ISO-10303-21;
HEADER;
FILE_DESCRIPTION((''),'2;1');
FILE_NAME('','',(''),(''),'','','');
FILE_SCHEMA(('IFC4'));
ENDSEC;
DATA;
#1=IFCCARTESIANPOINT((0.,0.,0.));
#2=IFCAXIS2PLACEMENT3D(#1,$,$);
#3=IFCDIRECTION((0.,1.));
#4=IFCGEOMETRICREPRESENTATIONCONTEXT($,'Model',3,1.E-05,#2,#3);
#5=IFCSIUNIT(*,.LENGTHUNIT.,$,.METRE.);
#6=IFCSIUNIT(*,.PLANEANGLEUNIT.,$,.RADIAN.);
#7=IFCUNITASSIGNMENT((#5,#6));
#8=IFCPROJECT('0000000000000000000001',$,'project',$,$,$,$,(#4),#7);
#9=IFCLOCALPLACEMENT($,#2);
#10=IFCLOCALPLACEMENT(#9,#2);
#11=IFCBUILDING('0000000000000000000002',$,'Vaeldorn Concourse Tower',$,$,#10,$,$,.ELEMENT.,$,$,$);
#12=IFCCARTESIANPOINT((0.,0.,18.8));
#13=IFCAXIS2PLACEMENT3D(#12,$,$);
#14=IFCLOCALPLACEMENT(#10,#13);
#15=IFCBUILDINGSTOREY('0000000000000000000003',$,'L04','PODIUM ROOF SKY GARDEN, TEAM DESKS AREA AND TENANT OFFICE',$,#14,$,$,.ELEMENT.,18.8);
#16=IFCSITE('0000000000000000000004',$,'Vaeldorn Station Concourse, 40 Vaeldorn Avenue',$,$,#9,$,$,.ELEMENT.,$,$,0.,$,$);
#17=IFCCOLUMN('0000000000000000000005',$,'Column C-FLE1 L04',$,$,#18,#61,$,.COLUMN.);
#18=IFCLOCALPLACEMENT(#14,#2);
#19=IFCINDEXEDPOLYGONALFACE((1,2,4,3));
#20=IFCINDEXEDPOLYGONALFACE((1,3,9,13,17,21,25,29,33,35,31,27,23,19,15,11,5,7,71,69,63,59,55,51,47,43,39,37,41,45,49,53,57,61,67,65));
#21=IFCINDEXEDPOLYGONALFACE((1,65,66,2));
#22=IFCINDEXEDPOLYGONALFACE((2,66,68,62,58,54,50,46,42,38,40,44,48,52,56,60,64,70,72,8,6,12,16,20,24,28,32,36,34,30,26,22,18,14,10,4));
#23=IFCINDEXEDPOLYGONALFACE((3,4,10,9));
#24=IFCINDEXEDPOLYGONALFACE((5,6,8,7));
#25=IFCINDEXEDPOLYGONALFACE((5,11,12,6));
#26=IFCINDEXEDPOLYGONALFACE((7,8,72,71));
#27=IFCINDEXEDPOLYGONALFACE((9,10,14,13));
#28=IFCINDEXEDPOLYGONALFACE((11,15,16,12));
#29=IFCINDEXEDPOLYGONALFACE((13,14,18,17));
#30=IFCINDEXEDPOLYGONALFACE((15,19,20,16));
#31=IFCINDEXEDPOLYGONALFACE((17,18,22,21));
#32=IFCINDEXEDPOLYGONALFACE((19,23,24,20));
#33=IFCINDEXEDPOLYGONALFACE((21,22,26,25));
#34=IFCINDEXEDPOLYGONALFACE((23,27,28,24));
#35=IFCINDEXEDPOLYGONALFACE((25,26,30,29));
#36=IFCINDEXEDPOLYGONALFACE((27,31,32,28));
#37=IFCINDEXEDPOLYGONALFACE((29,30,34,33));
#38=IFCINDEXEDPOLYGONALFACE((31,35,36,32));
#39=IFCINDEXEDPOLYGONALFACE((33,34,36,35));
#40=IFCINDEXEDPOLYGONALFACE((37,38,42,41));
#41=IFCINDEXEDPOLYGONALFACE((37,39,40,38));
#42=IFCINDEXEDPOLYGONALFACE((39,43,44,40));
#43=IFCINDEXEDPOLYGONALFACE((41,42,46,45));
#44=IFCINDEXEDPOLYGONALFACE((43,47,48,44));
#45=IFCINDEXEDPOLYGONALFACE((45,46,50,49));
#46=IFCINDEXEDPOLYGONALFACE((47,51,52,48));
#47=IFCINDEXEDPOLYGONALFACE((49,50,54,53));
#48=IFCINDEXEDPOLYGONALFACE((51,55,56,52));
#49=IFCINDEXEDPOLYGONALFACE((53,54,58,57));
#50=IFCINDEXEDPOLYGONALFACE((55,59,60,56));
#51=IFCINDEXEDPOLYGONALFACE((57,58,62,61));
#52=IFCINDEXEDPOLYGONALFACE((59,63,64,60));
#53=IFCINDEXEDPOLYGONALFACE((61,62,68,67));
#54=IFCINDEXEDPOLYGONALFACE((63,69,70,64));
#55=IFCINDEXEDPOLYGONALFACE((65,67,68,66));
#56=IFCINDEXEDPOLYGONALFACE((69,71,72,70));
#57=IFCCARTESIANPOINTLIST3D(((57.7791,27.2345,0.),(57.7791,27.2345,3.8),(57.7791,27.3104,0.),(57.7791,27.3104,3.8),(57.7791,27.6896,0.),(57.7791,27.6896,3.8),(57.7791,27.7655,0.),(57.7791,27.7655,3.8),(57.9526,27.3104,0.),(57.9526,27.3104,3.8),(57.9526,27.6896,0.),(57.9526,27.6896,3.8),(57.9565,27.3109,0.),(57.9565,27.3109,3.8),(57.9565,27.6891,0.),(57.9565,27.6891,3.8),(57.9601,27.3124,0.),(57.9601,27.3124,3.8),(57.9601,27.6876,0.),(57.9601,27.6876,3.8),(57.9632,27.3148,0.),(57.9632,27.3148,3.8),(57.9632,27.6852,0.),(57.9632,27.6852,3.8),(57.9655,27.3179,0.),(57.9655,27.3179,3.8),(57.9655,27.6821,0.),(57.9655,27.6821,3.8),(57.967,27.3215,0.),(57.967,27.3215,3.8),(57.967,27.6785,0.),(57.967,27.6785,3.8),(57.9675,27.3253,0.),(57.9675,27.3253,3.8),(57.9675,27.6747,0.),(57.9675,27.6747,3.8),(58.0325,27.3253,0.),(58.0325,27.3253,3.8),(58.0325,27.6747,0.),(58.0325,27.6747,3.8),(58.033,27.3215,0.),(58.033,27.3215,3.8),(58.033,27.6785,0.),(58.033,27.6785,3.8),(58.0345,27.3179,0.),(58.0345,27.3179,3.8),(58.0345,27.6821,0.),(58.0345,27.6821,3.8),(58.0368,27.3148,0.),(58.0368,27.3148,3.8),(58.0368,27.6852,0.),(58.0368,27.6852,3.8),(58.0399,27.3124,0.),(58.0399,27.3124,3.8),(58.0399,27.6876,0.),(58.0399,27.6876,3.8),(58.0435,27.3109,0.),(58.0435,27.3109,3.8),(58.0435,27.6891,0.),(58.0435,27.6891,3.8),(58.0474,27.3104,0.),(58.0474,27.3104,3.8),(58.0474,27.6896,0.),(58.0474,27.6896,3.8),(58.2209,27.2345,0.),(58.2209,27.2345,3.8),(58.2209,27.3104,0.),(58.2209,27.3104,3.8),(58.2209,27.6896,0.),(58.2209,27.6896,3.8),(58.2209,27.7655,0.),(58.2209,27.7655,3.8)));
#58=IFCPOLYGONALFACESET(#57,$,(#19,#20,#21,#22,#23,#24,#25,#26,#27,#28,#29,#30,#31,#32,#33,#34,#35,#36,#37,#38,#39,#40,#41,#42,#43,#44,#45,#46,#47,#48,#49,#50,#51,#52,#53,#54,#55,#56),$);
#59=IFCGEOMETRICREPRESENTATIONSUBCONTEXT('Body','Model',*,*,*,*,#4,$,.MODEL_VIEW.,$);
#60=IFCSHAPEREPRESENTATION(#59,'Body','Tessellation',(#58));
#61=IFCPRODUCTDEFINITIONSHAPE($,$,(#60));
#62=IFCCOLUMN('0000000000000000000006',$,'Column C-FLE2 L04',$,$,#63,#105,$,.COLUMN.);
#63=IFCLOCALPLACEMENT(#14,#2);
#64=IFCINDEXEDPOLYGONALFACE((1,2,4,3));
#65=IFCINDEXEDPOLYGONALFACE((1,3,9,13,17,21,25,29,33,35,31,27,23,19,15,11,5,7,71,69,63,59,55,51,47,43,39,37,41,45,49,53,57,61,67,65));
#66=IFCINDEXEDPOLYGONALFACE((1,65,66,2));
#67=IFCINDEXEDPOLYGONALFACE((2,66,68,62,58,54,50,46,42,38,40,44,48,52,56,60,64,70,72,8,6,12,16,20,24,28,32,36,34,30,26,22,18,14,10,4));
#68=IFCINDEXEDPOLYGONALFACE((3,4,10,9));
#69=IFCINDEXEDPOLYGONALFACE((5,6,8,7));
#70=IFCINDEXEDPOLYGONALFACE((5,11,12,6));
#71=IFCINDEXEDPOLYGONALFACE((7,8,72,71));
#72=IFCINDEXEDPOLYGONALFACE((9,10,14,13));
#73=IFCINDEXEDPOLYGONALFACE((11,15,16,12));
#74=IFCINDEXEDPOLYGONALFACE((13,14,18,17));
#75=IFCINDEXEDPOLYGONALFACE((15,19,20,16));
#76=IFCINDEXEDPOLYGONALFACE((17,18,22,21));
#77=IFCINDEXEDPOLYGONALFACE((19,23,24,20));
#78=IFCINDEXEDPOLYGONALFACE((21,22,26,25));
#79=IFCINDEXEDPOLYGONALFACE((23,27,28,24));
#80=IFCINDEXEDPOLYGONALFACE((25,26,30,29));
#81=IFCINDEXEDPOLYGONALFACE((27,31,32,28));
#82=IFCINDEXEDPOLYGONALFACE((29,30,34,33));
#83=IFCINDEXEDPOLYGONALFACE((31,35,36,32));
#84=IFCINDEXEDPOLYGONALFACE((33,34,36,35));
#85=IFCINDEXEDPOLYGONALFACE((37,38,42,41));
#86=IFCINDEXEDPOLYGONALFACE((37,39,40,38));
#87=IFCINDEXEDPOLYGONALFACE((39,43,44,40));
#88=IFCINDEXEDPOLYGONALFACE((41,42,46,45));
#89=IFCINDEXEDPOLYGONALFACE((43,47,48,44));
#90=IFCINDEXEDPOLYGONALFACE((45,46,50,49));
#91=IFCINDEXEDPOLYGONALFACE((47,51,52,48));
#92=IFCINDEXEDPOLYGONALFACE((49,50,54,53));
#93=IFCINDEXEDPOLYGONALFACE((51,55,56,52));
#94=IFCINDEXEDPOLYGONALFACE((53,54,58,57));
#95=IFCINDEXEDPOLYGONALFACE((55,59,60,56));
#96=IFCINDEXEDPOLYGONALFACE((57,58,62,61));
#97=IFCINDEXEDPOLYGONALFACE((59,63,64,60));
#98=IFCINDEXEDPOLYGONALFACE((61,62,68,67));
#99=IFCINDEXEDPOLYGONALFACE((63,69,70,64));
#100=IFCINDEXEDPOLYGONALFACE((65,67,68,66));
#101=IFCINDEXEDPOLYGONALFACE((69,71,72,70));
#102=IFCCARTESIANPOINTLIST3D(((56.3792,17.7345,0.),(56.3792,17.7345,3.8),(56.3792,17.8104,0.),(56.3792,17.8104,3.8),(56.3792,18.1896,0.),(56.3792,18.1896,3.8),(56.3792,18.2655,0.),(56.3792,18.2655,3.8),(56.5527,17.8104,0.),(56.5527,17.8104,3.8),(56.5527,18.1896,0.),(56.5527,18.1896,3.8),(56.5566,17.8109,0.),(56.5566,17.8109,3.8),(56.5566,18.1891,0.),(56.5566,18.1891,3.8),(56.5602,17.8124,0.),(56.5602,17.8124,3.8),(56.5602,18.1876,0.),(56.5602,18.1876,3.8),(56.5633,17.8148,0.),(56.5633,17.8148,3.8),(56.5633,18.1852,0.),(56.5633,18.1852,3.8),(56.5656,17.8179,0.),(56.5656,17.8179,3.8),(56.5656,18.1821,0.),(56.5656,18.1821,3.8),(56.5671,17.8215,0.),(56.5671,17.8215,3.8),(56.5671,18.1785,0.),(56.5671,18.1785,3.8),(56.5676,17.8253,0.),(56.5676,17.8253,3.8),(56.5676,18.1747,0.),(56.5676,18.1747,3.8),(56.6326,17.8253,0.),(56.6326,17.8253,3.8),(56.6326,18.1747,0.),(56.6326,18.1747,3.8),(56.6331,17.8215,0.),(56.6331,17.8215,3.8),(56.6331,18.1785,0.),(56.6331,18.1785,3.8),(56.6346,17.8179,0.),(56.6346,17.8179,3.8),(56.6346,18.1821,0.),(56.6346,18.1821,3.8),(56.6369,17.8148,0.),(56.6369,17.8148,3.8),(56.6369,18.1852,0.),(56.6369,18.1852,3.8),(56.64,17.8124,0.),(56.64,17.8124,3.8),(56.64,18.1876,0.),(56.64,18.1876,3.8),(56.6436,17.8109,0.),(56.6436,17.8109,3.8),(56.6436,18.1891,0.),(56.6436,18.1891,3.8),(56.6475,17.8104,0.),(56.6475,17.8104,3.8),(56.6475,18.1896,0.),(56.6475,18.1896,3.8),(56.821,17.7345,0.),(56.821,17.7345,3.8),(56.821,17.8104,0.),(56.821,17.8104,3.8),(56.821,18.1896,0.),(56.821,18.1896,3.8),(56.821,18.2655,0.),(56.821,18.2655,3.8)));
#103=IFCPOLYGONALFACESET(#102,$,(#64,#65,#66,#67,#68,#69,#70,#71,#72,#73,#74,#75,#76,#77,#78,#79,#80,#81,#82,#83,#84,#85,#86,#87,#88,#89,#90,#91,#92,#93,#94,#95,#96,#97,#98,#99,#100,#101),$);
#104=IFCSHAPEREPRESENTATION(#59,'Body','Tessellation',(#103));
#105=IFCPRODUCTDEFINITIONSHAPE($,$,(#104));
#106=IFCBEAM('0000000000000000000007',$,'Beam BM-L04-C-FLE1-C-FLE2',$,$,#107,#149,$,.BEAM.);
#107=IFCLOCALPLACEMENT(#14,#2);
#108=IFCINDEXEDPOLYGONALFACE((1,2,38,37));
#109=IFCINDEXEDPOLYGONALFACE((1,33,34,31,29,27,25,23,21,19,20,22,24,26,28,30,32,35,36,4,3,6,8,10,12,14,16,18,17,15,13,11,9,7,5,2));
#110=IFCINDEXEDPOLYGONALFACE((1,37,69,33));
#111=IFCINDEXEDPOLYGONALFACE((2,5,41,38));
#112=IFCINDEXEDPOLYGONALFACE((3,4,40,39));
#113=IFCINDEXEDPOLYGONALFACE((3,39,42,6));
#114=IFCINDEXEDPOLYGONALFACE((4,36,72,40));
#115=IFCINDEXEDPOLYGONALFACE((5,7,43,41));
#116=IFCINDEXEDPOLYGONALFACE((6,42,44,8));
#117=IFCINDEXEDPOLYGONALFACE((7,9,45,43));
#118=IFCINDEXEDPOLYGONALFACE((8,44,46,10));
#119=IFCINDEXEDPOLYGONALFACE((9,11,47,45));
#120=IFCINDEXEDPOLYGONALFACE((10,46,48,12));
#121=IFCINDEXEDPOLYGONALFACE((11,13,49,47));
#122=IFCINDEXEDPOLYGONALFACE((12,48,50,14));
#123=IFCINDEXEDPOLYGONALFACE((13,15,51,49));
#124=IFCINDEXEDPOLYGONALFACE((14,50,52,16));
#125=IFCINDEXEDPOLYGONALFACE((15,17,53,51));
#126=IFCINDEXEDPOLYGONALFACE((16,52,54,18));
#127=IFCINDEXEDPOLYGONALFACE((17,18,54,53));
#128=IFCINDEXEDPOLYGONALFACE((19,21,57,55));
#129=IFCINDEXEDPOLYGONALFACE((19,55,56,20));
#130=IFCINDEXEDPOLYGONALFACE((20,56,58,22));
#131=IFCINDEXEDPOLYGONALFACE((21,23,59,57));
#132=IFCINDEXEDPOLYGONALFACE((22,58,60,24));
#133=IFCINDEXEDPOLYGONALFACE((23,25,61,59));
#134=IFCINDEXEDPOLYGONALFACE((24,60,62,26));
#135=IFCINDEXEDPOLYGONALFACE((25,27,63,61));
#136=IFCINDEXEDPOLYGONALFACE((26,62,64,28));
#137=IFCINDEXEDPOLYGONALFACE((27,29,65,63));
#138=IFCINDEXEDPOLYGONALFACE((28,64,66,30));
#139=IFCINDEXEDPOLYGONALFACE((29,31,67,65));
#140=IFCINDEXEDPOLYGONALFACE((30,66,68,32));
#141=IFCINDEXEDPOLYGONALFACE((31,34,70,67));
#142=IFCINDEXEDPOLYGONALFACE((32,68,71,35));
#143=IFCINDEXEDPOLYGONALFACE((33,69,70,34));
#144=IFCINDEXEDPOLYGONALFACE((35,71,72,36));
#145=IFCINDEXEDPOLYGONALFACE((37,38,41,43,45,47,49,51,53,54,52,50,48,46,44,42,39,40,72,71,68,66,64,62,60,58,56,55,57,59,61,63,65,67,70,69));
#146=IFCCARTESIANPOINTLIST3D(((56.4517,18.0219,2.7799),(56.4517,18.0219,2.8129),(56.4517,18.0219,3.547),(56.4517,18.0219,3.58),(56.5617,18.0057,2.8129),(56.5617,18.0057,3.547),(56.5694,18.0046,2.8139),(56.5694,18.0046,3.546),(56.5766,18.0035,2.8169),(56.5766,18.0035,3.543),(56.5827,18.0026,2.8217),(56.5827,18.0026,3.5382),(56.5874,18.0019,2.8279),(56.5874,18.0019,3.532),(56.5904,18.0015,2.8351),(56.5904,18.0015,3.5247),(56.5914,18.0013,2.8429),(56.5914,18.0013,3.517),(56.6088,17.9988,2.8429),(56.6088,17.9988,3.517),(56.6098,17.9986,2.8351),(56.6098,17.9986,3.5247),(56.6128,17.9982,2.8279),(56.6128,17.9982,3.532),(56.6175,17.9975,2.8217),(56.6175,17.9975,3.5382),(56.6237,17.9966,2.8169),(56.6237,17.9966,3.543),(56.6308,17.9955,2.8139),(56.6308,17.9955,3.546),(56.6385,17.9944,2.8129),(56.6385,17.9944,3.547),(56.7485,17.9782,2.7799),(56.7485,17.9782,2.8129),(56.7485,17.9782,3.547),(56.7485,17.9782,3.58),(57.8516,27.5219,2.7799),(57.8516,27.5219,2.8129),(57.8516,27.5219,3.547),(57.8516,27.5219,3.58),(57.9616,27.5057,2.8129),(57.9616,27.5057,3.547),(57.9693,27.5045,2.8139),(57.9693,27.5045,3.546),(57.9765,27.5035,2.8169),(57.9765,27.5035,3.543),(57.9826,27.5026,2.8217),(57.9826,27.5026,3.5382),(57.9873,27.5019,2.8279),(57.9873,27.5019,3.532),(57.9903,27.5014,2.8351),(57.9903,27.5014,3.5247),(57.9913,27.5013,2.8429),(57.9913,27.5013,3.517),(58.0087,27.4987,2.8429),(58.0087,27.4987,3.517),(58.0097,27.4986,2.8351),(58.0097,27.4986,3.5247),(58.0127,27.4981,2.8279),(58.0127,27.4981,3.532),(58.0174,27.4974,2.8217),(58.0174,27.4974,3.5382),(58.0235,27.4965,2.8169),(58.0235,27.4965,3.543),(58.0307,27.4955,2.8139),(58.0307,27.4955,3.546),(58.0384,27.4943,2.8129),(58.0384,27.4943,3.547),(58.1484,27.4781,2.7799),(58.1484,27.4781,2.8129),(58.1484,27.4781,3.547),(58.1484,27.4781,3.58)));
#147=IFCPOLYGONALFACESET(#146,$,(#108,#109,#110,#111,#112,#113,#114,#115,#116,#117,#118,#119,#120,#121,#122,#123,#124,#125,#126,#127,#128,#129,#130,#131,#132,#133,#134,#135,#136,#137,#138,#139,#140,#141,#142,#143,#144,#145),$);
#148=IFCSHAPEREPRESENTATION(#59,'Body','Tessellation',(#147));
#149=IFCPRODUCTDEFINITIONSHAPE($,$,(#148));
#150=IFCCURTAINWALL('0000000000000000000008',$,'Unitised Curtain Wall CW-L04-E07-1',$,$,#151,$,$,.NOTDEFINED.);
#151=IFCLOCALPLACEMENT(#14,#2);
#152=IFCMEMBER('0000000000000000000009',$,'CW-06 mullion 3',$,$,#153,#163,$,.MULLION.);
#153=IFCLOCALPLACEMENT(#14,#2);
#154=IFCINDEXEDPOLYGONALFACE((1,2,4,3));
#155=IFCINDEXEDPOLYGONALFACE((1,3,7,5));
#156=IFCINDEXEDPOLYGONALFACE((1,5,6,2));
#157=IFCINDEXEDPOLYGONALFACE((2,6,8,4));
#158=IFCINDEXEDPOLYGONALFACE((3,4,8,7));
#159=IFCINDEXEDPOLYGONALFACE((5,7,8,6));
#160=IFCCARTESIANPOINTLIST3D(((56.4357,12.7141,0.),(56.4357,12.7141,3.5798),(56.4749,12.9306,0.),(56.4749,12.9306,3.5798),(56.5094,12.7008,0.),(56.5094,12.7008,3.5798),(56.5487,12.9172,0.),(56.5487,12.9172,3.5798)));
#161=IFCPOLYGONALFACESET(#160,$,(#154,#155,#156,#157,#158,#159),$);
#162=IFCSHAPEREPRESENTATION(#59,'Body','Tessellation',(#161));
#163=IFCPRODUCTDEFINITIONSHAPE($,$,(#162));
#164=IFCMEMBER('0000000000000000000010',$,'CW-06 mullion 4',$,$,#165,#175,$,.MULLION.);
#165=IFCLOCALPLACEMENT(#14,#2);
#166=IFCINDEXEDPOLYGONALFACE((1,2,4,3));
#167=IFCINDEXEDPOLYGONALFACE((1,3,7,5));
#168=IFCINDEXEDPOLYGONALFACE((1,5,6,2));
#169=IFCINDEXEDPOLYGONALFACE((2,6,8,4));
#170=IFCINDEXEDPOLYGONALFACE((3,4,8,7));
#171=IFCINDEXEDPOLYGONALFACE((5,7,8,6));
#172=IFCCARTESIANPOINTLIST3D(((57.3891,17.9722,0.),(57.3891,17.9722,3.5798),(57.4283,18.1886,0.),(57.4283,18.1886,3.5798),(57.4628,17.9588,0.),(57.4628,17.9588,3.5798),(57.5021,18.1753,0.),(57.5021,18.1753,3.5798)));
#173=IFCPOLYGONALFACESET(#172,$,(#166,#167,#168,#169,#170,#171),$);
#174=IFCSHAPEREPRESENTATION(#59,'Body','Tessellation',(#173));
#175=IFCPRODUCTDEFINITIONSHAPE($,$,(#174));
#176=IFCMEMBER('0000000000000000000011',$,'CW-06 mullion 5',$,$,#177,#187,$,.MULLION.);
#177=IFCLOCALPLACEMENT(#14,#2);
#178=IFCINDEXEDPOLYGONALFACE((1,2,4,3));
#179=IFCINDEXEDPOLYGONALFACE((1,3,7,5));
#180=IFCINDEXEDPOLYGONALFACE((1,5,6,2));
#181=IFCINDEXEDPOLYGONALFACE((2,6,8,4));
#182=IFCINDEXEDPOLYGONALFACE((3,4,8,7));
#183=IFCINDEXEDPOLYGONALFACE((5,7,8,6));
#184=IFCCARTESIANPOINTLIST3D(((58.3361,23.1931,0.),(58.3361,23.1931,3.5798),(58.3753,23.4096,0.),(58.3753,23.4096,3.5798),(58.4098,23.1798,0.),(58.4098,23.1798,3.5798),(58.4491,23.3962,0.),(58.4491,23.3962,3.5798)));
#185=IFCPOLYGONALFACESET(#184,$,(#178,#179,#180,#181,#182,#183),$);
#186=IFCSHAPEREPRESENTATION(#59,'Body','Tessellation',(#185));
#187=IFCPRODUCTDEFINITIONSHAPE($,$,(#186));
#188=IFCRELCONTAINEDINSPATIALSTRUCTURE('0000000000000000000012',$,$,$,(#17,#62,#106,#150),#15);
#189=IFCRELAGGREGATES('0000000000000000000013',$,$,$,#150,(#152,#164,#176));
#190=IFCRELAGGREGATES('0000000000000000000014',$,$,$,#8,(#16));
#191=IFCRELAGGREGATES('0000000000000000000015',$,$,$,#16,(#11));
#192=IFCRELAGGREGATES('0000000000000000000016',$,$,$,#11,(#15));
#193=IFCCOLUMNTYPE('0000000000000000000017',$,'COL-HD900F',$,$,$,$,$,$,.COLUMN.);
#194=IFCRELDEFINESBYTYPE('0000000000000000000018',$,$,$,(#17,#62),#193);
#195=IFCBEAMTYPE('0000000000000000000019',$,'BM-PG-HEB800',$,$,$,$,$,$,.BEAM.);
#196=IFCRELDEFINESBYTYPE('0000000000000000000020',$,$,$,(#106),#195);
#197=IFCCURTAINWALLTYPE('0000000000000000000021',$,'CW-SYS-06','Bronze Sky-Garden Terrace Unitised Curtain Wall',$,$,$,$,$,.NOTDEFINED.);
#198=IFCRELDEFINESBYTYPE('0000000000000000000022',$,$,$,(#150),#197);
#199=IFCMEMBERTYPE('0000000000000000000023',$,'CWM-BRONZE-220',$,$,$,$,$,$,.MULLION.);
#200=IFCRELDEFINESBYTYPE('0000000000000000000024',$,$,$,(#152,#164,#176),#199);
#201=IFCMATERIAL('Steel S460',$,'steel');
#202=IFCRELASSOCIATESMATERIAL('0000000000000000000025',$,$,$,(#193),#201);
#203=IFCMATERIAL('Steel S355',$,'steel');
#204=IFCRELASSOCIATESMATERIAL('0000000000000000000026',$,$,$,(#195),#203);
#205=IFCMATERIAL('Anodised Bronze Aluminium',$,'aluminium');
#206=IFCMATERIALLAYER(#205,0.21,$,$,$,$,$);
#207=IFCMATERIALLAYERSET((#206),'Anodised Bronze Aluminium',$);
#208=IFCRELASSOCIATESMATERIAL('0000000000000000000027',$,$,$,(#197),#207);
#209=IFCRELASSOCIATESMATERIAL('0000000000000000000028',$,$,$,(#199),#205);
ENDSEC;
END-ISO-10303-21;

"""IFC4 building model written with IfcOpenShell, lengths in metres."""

from ifc_helpers import new_model, si_unit, direction, frame, origin, origin_2d, place, context, subcontext, project, spatial, rectangle, i_section, extrude, source, transform, mapped, material, layer, layer_set, material_profile, profile_set, type_object, element, aggregate, save


model = new_model("IFC4")

# Units and contexts
model_context = context("Model", 3, precision=1e-05, world=origin(), true_north=direction((0.0, 1.0)))
body_context = subcontext(model_context, "Body", "Model", "MODEL_VIEW")
ifc_project = project(units=[si_unit("LENGTHUNIT", "METRE"), si_unit("PLANEANGLEUNIT", "RADIAN")], contexts=[model_context])

# Site, building, storey
site_placement = place(None, origin())
site = spatial("IfcSite", under=ifc_project, at=site_placement, Name="Vaeldorn Station Concourse, 40 Vaeldorn Avenue", CompositionType="ELEMENT", RefElevation=0.0)
building_placement = place(site_placement, origin())
building = spatial("IfcBuilding", under=site, at=building_placement, Name="Vaeldorn Concourse Tower", CompositionType="ELEMENT")
storey_placement = place(building_placement, frame((0.0, 0.0, 18.8)))
storey = spatial("IfcBuildingStorey", under=building, at=storey_placement, Name="L04", Description="PODIUM ROOF SKY GARDEN, TEAM DESKS AREA AND TENANT OFFICE", CompositionType="ELEMENT", Elevation=18.8)

# Columns
ifc_material_1 = material(Name="Steel S460", Category="steel")
ifc_material_profile_1 = material_profile(ifc_material_1, i_section(OverallWidth=0.4419, OverallDepth=0.531, WebThickness=0.0649, FlangeThickness=0.0759, FilletRadius=0.0149, at=origin_2d()), Name="HD 400x900")
ifc_profile_set_1 = profile_set([ifc_material_profile_1], Name="Steel S460")
column_type = type_object("IfcColumnType", Name="COL-HD900F", PredefinedType="COLUMN", material=ifc_profile_set_1)
shared_shape_1 = source(origin(), body_context, "Body", "SweptSolid", [
    extrude(i_section(OverallWidth=0.4419, OverallDepth=0.531, WebThickness=0.0649, FlangeThickness=0.0759, FilletRadius=0.0149, at=origin_2d()), origin(), (0.0, 0.0, 1.0), 3.8),
])
for number, where, z_axis, x_axis, name in (
    (1, (58.0, 27.5, 0.0), (0.0, 0.0, 1.0), (1.0, 0.0, 0.0), "Column C-FLE1 L04"),
    (2, (56.6001, 18.0, 0.0), (0.0, 0.0, 1.0), (1.0, 0.0, 0.0), "Column C-FLE2 L04"),
):
    element("IfcColumn", number, at=place(storey_placement, frame(where, z_axis=z_axis, x_axis=x_axis)), inside=storey, type_object=column_type, Name=name, PredefinedType="COLUMN", context=body_context, shape_type="MappedRepresentation", body=[
        mapped(shared_shape_1, transform((0.0, 0.0, 0.0), scale=1.0)),
    ])

# Beam
ifc_material_2 = material(Name="Steel S355", Category="steel")
ifc_material_profile_2 = material_profile(ifc_material_2, i_section(OverallWidth=0.3, OverallDepth=0.8, WebThickness=0.0176, FlangeThickness=0.033, FilletRadius=0.03, at=origin_2d()), Name="HEB 800")
ifc_profile_set_2 = profile_set([ifc_material_profile_2], Name="Steel S355")
beam_type = type_object("IfcBeamType", Name="BM-PG-HEB800", PredefinedType="BEAM", material=ifc_profile_set_2)
shared_shape_2 = source(origin(), body_context, "Body", "SweptSolid", [
    extrude(i_section(OverallWidth=0.3, OverallDepth=0.8, WebThickness=0.0176, FlangeThickness=0.033, FilletRadius=0.03, at=origin_2d()), origin(), (0.0, 0.0, 1.0), 9.6025),
])
beam_placement = place(storey_placement, frame((58.0, 27.5, 3.1799), z_axis=(-0.145784, -0.989316, 0.0), x_axis=(0.989316, -0.145784, 0.0)))
element("IfcBeam", 3, at=beam_placement, inside=storey, type_object=beam_type, Name="Beam BM-L04-C-FLE1-C-FLE2", PredefinedType="BEAM", context=body_context, shape_type="MappedRepresentation", body=[
    mapped(shared_shape_2, transform((0.0, 0.0, 0.0), scale=1.0)),
])

# Curtain wall, members
ifc_material_3 = material(Name="Anodised Bronze Aluminium", Category="aluminium")
ifc_layer_1 = layer(ifc_material_3, 0.21)
ifc_layer_set_1 = layer_set([ifc_layer_1], Name="Anodised Bronze Aluminium")
curtain_wall_type = type_object("IfcCurtainWallType", Name="CW-SYS-06", Description="Bronze Sky-Garden Terrace Unitised Curtain Wall", PredefinedType="NOTDEFINED", material=ifc_layer_set_1)
curtain_wall_1_placement = place(storey_placement, origin())
curtain_wall_1 = element("IfcCurtainWall", 4, at=curtain_wall_1_placement, inside=storey, type_object=curtain_wall_type, Name="Unitised Curtain Wall CW-L04-E07-1", PredefinedType="NOTDEFINED")
ifc_material_profile_3 = material_profile(ifc_material_3, rectangle(XDim=0.075, YDim=0.22, at=origin_2d()), Name="CWM 75x220")
ifc_profile_set_3 = profile_set([ifc_material_profile_3], Name="Anodised Bronze Aluminium")
member_type_1 = type_object("IfcMemberType", Name="CWM-BRONZE-220", PredefinedType="MULLION", material=ifc_profile_set_3)
shared_shape_3 = source(origin(), body_context, "Body", "SweptSolid", [
    extrude(rectangle(XDim=0.075, YDim=0.22, at=origin_2d()), origin(), (0.0, 0.0, 1.0), 3.5798),
])
member_1_placement = place(storey_placement, frame((56.4922, 12.8157, 0.0), z_axis=(0.0, 0.0, 1.0), x_axis=(-0.98395, 0.178446, 0.0)))
member_1 = element("IfcMember", 5, at=member_1_placement, type_object=member_type_1, Name="CW-06 mullion 3", PredefinedType="MULLION", context=body_context, shape_type="MappedRepresentation", body=[
    mapped(shared_shape_3, transform((0.0, 0.0, 0.0), scale=1.0)),
])
member_2_placement = place(storey_placement, frame((57.4456, 18.0737, 0.0), z_axis=(0.0, 0.0, 1.0), x_axis=(-0.98395, 0.178446, 0.0)))
member_2 = element("IfcMember", 6, at=member_2_placement, type_object=member_type_1, Name="CW-06 mullion 4", PredefinedType="MULLION", context=body_context, shape_type="MappedRepresentation", body=[
    mapped(shared_shape_3, transform((0.0, 0.0, 0.0), scale=1.0)),
])
member_3_placement = place(storey_placement, frame((58.3926, 23.2947, 0.0), z_axis=(0.0, 0.0, 1.0), x_axis=(-0.98395, 0.178446, 0.0)))
member_3 = element("IfcMember", 7, at=member_3_placement, type_object=member_type_1, Name="CW-06 mullion 5", PredefinedType="MULLION", context=body_context, shape_type="MappedRepresentation", body=[
    mapped(shared_shape_3, transform((0.0, 0.0, 0.0), scale=1.0)),
])

aggregate(curtain_wall_1, [member_1, member_2, member_3])

save(model, "model.ifc")
